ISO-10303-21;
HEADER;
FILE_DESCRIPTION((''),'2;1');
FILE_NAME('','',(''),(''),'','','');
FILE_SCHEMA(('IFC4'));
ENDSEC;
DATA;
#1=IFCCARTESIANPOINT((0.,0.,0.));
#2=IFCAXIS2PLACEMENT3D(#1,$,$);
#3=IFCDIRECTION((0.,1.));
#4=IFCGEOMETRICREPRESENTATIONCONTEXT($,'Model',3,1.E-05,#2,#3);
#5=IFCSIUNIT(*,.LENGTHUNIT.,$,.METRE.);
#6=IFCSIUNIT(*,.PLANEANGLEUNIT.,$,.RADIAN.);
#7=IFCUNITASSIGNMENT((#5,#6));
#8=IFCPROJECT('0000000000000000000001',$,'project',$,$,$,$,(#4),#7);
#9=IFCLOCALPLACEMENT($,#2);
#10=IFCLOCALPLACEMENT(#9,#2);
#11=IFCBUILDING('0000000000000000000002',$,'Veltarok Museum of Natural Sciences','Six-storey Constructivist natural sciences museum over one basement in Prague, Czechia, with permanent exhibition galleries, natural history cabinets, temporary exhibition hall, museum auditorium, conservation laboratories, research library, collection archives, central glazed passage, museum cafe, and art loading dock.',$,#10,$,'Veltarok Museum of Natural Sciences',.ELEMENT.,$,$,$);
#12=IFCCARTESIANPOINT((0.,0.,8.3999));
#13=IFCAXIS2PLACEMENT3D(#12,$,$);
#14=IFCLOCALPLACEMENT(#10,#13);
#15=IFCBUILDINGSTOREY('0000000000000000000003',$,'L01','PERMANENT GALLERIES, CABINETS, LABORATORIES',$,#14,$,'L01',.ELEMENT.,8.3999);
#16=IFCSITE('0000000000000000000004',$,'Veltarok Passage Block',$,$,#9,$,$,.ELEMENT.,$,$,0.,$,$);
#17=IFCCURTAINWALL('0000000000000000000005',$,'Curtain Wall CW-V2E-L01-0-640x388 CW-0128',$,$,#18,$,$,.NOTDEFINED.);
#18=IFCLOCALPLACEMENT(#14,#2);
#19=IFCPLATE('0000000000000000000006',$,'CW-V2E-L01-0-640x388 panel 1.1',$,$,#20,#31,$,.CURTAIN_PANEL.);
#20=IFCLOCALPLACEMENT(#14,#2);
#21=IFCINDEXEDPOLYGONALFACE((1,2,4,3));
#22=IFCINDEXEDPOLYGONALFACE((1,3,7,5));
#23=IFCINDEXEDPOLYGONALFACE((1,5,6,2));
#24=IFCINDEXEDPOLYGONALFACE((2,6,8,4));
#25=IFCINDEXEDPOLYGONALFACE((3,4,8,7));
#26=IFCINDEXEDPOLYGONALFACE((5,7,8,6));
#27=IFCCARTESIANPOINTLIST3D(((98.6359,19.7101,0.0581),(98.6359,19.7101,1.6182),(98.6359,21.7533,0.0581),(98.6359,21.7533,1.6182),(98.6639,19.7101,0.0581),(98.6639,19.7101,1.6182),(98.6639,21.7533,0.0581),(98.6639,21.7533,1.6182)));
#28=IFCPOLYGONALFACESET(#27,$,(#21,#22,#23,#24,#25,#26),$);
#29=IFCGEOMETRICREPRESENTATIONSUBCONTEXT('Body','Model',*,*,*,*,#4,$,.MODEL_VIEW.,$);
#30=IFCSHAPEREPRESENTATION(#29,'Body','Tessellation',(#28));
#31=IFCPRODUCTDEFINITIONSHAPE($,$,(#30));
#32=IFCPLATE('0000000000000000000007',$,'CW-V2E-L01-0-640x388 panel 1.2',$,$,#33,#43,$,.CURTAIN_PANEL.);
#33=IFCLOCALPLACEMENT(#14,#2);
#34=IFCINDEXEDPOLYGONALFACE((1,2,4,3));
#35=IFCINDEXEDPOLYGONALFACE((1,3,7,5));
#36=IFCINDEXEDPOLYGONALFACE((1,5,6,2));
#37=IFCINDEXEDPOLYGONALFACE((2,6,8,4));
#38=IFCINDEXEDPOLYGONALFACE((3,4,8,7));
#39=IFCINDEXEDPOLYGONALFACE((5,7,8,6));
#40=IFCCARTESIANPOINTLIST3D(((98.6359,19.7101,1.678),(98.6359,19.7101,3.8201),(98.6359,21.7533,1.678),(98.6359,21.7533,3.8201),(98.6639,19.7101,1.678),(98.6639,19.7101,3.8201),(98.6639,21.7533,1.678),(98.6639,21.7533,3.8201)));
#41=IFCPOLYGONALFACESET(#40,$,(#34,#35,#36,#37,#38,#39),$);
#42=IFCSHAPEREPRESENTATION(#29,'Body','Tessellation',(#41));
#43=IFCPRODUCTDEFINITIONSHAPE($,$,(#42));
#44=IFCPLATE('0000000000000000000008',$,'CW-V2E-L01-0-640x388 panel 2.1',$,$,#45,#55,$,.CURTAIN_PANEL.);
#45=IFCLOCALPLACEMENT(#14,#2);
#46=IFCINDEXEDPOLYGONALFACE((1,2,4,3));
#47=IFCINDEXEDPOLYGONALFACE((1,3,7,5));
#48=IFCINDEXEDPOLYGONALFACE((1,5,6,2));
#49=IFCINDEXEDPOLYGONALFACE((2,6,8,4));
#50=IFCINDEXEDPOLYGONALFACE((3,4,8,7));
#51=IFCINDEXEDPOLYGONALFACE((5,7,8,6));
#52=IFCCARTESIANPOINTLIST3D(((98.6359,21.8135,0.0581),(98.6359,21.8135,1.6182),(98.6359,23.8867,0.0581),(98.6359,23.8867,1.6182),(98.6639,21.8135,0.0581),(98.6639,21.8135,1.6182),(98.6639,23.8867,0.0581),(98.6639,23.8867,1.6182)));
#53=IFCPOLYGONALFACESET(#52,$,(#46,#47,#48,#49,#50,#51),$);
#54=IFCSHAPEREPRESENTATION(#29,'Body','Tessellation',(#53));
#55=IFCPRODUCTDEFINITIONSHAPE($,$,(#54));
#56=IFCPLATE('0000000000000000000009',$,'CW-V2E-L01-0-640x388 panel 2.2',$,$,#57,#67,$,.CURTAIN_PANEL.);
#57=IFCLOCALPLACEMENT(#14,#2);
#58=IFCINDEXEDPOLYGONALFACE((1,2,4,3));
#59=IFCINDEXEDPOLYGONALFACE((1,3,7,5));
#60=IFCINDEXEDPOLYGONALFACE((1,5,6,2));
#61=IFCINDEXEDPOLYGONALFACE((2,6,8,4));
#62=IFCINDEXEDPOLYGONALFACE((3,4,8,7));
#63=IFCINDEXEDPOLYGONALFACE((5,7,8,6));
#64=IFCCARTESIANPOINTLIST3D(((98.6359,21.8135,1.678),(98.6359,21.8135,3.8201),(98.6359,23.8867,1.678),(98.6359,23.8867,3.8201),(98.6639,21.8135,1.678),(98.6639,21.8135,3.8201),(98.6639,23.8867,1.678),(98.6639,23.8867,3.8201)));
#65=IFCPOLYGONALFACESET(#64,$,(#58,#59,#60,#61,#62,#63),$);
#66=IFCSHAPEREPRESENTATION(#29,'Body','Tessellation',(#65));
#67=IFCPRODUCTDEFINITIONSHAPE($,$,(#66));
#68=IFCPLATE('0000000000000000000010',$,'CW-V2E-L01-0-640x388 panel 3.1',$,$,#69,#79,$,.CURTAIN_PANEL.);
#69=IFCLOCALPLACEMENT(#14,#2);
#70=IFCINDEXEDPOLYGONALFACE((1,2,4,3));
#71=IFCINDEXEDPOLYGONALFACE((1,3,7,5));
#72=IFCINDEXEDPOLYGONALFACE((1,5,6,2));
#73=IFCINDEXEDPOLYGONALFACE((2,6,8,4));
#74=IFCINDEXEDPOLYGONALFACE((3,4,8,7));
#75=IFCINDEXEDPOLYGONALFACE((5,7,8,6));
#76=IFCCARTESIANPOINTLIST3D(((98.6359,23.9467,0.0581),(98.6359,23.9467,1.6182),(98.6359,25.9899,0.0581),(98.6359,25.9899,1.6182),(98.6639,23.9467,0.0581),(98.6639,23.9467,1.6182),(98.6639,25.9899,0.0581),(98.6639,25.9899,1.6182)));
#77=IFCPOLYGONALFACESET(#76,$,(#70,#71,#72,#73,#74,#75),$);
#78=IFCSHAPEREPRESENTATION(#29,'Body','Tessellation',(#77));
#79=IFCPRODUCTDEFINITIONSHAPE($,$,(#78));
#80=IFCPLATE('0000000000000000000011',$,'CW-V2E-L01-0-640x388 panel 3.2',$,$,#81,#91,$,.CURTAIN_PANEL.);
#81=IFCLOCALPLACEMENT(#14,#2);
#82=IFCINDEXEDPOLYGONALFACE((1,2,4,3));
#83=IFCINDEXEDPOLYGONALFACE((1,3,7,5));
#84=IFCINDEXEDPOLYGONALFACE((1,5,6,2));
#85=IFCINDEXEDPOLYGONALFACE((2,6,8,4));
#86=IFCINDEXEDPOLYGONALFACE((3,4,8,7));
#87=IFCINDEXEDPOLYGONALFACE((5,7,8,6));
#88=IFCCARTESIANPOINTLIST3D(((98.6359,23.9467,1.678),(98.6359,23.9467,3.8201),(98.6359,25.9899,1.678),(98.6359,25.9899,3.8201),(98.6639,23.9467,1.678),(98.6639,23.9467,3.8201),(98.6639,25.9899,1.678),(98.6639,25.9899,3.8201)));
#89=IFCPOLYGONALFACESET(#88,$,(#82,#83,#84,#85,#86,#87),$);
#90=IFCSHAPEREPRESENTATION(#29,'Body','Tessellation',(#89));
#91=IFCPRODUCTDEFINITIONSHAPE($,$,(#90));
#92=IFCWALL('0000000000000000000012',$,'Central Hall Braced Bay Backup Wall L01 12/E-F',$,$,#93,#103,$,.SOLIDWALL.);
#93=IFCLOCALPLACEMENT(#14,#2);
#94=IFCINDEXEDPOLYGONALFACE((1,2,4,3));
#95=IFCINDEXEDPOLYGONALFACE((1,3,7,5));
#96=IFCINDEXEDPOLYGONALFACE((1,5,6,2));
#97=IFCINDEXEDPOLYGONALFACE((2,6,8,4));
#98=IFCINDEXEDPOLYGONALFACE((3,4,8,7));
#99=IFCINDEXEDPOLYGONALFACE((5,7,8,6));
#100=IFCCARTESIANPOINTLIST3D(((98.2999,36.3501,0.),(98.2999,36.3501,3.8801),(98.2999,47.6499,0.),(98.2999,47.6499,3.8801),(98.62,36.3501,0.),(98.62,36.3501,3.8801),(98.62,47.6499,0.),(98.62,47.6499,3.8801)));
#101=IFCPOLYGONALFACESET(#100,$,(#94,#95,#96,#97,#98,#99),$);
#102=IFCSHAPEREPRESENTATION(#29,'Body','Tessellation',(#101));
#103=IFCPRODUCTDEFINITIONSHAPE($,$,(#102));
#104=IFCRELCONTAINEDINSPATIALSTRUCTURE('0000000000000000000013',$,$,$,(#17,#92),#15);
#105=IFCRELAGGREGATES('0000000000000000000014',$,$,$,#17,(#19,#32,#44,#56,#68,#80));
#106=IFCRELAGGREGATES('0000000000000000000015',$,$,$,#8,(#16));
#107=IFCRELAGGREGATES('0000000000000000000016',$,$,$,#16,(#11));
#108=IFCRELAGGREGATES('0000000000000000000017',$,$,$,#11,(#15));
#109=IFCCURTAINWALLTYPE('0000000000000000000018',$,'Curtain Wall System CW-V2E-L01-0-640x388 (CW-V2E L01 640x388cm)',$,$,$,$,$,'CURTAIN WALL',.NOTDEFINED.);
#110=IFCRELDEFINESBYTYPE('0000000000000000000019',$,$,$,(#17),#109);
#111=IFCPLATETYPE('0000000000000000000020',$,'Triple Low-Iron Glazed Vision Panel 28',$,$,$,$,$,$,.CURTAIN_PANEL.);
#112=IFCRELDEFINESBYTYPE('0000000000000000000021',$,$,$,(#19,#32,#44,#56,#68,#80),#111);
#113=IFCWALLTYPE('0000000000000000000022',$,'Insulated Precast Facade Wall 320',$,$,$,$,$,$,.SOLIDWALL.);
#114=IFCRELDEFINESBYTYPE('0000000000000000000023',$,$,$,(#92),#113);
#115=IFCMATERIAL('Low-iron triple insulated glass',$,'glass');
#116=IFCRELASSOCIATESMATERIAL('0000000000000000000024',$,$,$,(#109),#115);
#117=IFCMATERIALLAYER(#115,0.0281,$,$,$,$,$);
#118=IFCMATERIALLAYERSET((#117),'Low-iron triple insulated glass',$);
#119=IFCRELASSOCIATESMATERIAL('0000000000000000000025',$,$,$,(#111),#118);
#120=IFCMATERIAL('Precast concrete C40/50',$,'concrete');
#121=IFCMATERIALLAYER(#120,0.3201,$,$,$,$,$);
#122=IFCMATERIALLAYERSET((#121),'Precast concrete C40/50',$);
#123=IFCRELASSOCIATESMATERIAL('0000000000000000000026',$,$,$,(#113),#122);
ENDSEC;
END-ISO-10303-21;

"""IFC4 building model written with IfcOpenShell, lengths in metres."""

from ifc_helpers import new_model, si_unit, direction, frame, frame_2d, origin, origin_2d, place, context, subcontext, project, spatial, rectangle, extrude, material, layer, layer_set, type_object, element, aggregate, save


model = new_model("IFC4")

# Units and contexts
model_context = context("Model", 3, precision=1e-05, world=origin(), true_north=direction((0.0, 1.0)))
body_context = subcontext(model_context, "Body", "Model", "MODEL_VIEW")
ifc_project = project(units=[si_unit("LENGTHUNIT", "METRE"), si_unit("PLANEANGLEUNIT", "RADIAN")], contexts=[model_context])

# Site, building, storey
site_placement = place(None, origin())
site = spatial("IfcSite", under=ifc_project, at=site_placement, Name="Veltarok Passage Block", CompositionType="ELEMENT", RefElevation=0.0)
building_placement = place(site_placement, origin())
building = spatial("IfcBuilding", under=site, at=building_placement, Name="Veltarok Museum of Natural Sciences", Description="Six-storey Constructivist natural sciences museum over one basement in Prague, Czechia, with permanent exhibition galleries, natural history cabinets, temporary exhibition hall, museum auditorium, conservation laboratories, research library, collection archives, central glazed passage, museum cafe, and art loading dock.", LongName="Veltarok Museum of Natural Sciences", CompositionType="ELEMENT")
storey_placement = place(building_placement, frame((0.0, 0.0, 8.3999)))
storey = spatial("IfcBuildingStorey", under=building, at=storey_placement, Name="L01", Description="PERMANENT GALLERIES, CABINETS, LABORATORIES", LongName="L01", CompositionType="ELEMENT", Elevation=8.3999)

# Curtain wall
ifc_material_1 = material(Name="Low-iron triple insulated glass", Category="glass")
curtain_wall_type = type_object("IfcCurtainWallType", Name="Curtain Wall System CW-V2E-L01-0-640x388 (CW-V2E L01 640x388cm)", ElementType="CURTAIN WALL", PredefinedType="NOTDEFINED", material=ifc_material_1)
curtain_wall_placement = place(storey_placement, origin())
curtain_wall = element("IfcCurtainWall", 1, at=curtain_wall_placement, inside=storey, type_object=curtain_wall_type, Name="Curtain Wall CW-V2E-L01-0-640x388 CW-0128", PredefinedType="NOTDEFINED")

# Plates
ifc_layer_1 = layer(ifc_material_1, 0.0281)
ifc_layer_set_1 = layer_set([ifc_layer_1], Name="Low-iron triple insulated glass")
plate_type = type_object("IfcPlateType", Name="Triple Low-Iron Glazed Vision Panel 28", PredefinedType="CURTAIN_PANEL", material=ifc_layer_set_1)
plate_1_placement = place(storey_placement, frame((98.6499, 20.7317, 0.0581), z_axis=(0.0, 0.0, 1.0), x_axis=(0.0, 1.0, 0.0)))
plate_1 = element("IfcPlate", 2, at=plate_1_placement, type_object=plate_type, Name="CW-V2E-L01-0-640x388 panel 1.1", PredefinedType="CURTAIN_PANEL", context=body_context, shape_type="SweptSolid", body=[
    extrude(rectangle(XDim=2.0432, YDim=0.0281, at=origin_2d()), origin(), (0.0, 0.0, 1.0), 1.5601),
])
plate_2_placement = place(storey_placement, frame((98.6499, 20.7317, 1.678), z_axis=(0.0, 0.0, 1.0), x_axis=(0.0, 1.0, 0.0)))
plate_2 = element("IfcPlate", 3, at=plate_2_placement, type_object=plate_type, Name="CW-V2E-L01-0-640x388 panel 1.2", PredefinedType="CURTAIN_PANEL", context=body_context, shape_type="SweptSolid", body=[
    extrude(rectangle(XDim=2.0432, YDim=0.0281, at=origin_2d()), origin(), (0.0, 0.0, 1.0), 2.1421),
])
plate_3_placement = place(storey_placement, frame((98.6499, 22.8501, 0.0581), z_axis=(0.0, 0.0, 1.0), x_axis=(0.0, 1.0, 0.0)))
plate_3 = element("IfcPlate", 4, at=plate_3_placement, type_object=plate_type, Name="CW-V2E-L01-0-640x388 panel 2.1", PredefinedType="CURTAIN_PANEL", context=body_context, shape_type="SweptSolid", body=[
    extrude(rectangle(XDim=2.0732, YDim=0.0281, at=origin_2d()), origin(), (0.0, 0.0, 1.0), 1.5601),
])
plate_4_placement = place(storey_placement, frame((98.6499, 22.8501, 1.678), z_axis=(0.0, 0.0, 1.0), x_axis=(0.0, 1.0, 0.0)))
plate_4 = element("IfcPlate", 5, at=plate_4_placement, type_object=plate_type, Name="CW-V2E-L01-0-640x388 panel 2.2", PredefinedType="CURTAIN_PANEL", context=body_context, shape_type="SweptSolid", body=[
    extrude(rectangle(XDim=2.0732, YDim=0.0281, at=origin_2d()), origin(), (0.0, 0.0, 1.0), 2.1421),
])
plate_5_placement = place(storey_placement, frame((98.6499, 24.9683, 0.0581), z_axis=(0.0, 0.0, 1.0), x_axis=(0.0, 1.0, 0.0)))
plate_5 = element("IfcPlate", 6, at=plate_5_placement, type_object=plate_type, Name="CW-V2E-L01-0-640x388 panel 3.1", PredefinedType="CURTAIN_PANEL", context=body_context, shape_type="SweptSolid", body=[
    extrude(rectangle(XDim=2.0432, YDim=0.0281, at=origin_2d()), origin(), (0.0, 0.0, 1.0), 1.5601),
])
plate_6_placement = place(storey_placement, frame((98.6499, 24.9683, 1.678), z_axis=(0.0, 0.0, 1.0), x_axis=(0.0, 1.0, 0.0)))
plate_6 = element("IfcPlate", 7, at=plate_6_placement, type_object=plate_type, Name="CW-V2E-L01-0-640x388 panel 3.2", PredefinedType="CURTAIN_PANEL", context=body_context, shape_type="SweptSolid", body=[
    extrude(rectangle(XDim=2.0432, YDim=0.0281, at=origin_2d()), origin(), (0.0, 0.0, 1.0), 2.1421),
])
aggregate(curtain_wall, [plate_1, plate_2, plate_3, plate_4, plate_5, plate_6])

# Wall
ifc_material_2 = material(Name="Precast concrete C40/50", Category="concrete")
ifc_layer_2 = layer(ifc_material_2, 0.3201)
ifc_layer_set_2 = layer_set([ifc_layer_2], Name="Precast concrete C40/50")
wall_type = type_object("IfcWallType", Name="Insulated Precast Facade Wall 320", PredefinedType="SOLIDWALL", material=ifc_layer_set_2)
wall_placement = place(storey_placement, frame((98.46, 36.3501, 0.0), z_axis=(0.0, 0.0, 1.0), x_axis=(0.0, 1.0, 0.0)))
element("IfcWall", 8, at=wall_placement, inside=storey, type_object=wall_type, Name="Central Hall Braced Bay Backup Wall L01 12/E-F", PredefinedType="SOLIDWALL", context=body_context, shape_type="SweptSolid", body=[
    extrude(rectangle(XDim=11.2998, YDim=0.3201, at=frame_2d((5.6499, 0.0))), origin(), (0.0, 0.0, 1.0), 3.8801),
])

save(model, "model.ifc")
